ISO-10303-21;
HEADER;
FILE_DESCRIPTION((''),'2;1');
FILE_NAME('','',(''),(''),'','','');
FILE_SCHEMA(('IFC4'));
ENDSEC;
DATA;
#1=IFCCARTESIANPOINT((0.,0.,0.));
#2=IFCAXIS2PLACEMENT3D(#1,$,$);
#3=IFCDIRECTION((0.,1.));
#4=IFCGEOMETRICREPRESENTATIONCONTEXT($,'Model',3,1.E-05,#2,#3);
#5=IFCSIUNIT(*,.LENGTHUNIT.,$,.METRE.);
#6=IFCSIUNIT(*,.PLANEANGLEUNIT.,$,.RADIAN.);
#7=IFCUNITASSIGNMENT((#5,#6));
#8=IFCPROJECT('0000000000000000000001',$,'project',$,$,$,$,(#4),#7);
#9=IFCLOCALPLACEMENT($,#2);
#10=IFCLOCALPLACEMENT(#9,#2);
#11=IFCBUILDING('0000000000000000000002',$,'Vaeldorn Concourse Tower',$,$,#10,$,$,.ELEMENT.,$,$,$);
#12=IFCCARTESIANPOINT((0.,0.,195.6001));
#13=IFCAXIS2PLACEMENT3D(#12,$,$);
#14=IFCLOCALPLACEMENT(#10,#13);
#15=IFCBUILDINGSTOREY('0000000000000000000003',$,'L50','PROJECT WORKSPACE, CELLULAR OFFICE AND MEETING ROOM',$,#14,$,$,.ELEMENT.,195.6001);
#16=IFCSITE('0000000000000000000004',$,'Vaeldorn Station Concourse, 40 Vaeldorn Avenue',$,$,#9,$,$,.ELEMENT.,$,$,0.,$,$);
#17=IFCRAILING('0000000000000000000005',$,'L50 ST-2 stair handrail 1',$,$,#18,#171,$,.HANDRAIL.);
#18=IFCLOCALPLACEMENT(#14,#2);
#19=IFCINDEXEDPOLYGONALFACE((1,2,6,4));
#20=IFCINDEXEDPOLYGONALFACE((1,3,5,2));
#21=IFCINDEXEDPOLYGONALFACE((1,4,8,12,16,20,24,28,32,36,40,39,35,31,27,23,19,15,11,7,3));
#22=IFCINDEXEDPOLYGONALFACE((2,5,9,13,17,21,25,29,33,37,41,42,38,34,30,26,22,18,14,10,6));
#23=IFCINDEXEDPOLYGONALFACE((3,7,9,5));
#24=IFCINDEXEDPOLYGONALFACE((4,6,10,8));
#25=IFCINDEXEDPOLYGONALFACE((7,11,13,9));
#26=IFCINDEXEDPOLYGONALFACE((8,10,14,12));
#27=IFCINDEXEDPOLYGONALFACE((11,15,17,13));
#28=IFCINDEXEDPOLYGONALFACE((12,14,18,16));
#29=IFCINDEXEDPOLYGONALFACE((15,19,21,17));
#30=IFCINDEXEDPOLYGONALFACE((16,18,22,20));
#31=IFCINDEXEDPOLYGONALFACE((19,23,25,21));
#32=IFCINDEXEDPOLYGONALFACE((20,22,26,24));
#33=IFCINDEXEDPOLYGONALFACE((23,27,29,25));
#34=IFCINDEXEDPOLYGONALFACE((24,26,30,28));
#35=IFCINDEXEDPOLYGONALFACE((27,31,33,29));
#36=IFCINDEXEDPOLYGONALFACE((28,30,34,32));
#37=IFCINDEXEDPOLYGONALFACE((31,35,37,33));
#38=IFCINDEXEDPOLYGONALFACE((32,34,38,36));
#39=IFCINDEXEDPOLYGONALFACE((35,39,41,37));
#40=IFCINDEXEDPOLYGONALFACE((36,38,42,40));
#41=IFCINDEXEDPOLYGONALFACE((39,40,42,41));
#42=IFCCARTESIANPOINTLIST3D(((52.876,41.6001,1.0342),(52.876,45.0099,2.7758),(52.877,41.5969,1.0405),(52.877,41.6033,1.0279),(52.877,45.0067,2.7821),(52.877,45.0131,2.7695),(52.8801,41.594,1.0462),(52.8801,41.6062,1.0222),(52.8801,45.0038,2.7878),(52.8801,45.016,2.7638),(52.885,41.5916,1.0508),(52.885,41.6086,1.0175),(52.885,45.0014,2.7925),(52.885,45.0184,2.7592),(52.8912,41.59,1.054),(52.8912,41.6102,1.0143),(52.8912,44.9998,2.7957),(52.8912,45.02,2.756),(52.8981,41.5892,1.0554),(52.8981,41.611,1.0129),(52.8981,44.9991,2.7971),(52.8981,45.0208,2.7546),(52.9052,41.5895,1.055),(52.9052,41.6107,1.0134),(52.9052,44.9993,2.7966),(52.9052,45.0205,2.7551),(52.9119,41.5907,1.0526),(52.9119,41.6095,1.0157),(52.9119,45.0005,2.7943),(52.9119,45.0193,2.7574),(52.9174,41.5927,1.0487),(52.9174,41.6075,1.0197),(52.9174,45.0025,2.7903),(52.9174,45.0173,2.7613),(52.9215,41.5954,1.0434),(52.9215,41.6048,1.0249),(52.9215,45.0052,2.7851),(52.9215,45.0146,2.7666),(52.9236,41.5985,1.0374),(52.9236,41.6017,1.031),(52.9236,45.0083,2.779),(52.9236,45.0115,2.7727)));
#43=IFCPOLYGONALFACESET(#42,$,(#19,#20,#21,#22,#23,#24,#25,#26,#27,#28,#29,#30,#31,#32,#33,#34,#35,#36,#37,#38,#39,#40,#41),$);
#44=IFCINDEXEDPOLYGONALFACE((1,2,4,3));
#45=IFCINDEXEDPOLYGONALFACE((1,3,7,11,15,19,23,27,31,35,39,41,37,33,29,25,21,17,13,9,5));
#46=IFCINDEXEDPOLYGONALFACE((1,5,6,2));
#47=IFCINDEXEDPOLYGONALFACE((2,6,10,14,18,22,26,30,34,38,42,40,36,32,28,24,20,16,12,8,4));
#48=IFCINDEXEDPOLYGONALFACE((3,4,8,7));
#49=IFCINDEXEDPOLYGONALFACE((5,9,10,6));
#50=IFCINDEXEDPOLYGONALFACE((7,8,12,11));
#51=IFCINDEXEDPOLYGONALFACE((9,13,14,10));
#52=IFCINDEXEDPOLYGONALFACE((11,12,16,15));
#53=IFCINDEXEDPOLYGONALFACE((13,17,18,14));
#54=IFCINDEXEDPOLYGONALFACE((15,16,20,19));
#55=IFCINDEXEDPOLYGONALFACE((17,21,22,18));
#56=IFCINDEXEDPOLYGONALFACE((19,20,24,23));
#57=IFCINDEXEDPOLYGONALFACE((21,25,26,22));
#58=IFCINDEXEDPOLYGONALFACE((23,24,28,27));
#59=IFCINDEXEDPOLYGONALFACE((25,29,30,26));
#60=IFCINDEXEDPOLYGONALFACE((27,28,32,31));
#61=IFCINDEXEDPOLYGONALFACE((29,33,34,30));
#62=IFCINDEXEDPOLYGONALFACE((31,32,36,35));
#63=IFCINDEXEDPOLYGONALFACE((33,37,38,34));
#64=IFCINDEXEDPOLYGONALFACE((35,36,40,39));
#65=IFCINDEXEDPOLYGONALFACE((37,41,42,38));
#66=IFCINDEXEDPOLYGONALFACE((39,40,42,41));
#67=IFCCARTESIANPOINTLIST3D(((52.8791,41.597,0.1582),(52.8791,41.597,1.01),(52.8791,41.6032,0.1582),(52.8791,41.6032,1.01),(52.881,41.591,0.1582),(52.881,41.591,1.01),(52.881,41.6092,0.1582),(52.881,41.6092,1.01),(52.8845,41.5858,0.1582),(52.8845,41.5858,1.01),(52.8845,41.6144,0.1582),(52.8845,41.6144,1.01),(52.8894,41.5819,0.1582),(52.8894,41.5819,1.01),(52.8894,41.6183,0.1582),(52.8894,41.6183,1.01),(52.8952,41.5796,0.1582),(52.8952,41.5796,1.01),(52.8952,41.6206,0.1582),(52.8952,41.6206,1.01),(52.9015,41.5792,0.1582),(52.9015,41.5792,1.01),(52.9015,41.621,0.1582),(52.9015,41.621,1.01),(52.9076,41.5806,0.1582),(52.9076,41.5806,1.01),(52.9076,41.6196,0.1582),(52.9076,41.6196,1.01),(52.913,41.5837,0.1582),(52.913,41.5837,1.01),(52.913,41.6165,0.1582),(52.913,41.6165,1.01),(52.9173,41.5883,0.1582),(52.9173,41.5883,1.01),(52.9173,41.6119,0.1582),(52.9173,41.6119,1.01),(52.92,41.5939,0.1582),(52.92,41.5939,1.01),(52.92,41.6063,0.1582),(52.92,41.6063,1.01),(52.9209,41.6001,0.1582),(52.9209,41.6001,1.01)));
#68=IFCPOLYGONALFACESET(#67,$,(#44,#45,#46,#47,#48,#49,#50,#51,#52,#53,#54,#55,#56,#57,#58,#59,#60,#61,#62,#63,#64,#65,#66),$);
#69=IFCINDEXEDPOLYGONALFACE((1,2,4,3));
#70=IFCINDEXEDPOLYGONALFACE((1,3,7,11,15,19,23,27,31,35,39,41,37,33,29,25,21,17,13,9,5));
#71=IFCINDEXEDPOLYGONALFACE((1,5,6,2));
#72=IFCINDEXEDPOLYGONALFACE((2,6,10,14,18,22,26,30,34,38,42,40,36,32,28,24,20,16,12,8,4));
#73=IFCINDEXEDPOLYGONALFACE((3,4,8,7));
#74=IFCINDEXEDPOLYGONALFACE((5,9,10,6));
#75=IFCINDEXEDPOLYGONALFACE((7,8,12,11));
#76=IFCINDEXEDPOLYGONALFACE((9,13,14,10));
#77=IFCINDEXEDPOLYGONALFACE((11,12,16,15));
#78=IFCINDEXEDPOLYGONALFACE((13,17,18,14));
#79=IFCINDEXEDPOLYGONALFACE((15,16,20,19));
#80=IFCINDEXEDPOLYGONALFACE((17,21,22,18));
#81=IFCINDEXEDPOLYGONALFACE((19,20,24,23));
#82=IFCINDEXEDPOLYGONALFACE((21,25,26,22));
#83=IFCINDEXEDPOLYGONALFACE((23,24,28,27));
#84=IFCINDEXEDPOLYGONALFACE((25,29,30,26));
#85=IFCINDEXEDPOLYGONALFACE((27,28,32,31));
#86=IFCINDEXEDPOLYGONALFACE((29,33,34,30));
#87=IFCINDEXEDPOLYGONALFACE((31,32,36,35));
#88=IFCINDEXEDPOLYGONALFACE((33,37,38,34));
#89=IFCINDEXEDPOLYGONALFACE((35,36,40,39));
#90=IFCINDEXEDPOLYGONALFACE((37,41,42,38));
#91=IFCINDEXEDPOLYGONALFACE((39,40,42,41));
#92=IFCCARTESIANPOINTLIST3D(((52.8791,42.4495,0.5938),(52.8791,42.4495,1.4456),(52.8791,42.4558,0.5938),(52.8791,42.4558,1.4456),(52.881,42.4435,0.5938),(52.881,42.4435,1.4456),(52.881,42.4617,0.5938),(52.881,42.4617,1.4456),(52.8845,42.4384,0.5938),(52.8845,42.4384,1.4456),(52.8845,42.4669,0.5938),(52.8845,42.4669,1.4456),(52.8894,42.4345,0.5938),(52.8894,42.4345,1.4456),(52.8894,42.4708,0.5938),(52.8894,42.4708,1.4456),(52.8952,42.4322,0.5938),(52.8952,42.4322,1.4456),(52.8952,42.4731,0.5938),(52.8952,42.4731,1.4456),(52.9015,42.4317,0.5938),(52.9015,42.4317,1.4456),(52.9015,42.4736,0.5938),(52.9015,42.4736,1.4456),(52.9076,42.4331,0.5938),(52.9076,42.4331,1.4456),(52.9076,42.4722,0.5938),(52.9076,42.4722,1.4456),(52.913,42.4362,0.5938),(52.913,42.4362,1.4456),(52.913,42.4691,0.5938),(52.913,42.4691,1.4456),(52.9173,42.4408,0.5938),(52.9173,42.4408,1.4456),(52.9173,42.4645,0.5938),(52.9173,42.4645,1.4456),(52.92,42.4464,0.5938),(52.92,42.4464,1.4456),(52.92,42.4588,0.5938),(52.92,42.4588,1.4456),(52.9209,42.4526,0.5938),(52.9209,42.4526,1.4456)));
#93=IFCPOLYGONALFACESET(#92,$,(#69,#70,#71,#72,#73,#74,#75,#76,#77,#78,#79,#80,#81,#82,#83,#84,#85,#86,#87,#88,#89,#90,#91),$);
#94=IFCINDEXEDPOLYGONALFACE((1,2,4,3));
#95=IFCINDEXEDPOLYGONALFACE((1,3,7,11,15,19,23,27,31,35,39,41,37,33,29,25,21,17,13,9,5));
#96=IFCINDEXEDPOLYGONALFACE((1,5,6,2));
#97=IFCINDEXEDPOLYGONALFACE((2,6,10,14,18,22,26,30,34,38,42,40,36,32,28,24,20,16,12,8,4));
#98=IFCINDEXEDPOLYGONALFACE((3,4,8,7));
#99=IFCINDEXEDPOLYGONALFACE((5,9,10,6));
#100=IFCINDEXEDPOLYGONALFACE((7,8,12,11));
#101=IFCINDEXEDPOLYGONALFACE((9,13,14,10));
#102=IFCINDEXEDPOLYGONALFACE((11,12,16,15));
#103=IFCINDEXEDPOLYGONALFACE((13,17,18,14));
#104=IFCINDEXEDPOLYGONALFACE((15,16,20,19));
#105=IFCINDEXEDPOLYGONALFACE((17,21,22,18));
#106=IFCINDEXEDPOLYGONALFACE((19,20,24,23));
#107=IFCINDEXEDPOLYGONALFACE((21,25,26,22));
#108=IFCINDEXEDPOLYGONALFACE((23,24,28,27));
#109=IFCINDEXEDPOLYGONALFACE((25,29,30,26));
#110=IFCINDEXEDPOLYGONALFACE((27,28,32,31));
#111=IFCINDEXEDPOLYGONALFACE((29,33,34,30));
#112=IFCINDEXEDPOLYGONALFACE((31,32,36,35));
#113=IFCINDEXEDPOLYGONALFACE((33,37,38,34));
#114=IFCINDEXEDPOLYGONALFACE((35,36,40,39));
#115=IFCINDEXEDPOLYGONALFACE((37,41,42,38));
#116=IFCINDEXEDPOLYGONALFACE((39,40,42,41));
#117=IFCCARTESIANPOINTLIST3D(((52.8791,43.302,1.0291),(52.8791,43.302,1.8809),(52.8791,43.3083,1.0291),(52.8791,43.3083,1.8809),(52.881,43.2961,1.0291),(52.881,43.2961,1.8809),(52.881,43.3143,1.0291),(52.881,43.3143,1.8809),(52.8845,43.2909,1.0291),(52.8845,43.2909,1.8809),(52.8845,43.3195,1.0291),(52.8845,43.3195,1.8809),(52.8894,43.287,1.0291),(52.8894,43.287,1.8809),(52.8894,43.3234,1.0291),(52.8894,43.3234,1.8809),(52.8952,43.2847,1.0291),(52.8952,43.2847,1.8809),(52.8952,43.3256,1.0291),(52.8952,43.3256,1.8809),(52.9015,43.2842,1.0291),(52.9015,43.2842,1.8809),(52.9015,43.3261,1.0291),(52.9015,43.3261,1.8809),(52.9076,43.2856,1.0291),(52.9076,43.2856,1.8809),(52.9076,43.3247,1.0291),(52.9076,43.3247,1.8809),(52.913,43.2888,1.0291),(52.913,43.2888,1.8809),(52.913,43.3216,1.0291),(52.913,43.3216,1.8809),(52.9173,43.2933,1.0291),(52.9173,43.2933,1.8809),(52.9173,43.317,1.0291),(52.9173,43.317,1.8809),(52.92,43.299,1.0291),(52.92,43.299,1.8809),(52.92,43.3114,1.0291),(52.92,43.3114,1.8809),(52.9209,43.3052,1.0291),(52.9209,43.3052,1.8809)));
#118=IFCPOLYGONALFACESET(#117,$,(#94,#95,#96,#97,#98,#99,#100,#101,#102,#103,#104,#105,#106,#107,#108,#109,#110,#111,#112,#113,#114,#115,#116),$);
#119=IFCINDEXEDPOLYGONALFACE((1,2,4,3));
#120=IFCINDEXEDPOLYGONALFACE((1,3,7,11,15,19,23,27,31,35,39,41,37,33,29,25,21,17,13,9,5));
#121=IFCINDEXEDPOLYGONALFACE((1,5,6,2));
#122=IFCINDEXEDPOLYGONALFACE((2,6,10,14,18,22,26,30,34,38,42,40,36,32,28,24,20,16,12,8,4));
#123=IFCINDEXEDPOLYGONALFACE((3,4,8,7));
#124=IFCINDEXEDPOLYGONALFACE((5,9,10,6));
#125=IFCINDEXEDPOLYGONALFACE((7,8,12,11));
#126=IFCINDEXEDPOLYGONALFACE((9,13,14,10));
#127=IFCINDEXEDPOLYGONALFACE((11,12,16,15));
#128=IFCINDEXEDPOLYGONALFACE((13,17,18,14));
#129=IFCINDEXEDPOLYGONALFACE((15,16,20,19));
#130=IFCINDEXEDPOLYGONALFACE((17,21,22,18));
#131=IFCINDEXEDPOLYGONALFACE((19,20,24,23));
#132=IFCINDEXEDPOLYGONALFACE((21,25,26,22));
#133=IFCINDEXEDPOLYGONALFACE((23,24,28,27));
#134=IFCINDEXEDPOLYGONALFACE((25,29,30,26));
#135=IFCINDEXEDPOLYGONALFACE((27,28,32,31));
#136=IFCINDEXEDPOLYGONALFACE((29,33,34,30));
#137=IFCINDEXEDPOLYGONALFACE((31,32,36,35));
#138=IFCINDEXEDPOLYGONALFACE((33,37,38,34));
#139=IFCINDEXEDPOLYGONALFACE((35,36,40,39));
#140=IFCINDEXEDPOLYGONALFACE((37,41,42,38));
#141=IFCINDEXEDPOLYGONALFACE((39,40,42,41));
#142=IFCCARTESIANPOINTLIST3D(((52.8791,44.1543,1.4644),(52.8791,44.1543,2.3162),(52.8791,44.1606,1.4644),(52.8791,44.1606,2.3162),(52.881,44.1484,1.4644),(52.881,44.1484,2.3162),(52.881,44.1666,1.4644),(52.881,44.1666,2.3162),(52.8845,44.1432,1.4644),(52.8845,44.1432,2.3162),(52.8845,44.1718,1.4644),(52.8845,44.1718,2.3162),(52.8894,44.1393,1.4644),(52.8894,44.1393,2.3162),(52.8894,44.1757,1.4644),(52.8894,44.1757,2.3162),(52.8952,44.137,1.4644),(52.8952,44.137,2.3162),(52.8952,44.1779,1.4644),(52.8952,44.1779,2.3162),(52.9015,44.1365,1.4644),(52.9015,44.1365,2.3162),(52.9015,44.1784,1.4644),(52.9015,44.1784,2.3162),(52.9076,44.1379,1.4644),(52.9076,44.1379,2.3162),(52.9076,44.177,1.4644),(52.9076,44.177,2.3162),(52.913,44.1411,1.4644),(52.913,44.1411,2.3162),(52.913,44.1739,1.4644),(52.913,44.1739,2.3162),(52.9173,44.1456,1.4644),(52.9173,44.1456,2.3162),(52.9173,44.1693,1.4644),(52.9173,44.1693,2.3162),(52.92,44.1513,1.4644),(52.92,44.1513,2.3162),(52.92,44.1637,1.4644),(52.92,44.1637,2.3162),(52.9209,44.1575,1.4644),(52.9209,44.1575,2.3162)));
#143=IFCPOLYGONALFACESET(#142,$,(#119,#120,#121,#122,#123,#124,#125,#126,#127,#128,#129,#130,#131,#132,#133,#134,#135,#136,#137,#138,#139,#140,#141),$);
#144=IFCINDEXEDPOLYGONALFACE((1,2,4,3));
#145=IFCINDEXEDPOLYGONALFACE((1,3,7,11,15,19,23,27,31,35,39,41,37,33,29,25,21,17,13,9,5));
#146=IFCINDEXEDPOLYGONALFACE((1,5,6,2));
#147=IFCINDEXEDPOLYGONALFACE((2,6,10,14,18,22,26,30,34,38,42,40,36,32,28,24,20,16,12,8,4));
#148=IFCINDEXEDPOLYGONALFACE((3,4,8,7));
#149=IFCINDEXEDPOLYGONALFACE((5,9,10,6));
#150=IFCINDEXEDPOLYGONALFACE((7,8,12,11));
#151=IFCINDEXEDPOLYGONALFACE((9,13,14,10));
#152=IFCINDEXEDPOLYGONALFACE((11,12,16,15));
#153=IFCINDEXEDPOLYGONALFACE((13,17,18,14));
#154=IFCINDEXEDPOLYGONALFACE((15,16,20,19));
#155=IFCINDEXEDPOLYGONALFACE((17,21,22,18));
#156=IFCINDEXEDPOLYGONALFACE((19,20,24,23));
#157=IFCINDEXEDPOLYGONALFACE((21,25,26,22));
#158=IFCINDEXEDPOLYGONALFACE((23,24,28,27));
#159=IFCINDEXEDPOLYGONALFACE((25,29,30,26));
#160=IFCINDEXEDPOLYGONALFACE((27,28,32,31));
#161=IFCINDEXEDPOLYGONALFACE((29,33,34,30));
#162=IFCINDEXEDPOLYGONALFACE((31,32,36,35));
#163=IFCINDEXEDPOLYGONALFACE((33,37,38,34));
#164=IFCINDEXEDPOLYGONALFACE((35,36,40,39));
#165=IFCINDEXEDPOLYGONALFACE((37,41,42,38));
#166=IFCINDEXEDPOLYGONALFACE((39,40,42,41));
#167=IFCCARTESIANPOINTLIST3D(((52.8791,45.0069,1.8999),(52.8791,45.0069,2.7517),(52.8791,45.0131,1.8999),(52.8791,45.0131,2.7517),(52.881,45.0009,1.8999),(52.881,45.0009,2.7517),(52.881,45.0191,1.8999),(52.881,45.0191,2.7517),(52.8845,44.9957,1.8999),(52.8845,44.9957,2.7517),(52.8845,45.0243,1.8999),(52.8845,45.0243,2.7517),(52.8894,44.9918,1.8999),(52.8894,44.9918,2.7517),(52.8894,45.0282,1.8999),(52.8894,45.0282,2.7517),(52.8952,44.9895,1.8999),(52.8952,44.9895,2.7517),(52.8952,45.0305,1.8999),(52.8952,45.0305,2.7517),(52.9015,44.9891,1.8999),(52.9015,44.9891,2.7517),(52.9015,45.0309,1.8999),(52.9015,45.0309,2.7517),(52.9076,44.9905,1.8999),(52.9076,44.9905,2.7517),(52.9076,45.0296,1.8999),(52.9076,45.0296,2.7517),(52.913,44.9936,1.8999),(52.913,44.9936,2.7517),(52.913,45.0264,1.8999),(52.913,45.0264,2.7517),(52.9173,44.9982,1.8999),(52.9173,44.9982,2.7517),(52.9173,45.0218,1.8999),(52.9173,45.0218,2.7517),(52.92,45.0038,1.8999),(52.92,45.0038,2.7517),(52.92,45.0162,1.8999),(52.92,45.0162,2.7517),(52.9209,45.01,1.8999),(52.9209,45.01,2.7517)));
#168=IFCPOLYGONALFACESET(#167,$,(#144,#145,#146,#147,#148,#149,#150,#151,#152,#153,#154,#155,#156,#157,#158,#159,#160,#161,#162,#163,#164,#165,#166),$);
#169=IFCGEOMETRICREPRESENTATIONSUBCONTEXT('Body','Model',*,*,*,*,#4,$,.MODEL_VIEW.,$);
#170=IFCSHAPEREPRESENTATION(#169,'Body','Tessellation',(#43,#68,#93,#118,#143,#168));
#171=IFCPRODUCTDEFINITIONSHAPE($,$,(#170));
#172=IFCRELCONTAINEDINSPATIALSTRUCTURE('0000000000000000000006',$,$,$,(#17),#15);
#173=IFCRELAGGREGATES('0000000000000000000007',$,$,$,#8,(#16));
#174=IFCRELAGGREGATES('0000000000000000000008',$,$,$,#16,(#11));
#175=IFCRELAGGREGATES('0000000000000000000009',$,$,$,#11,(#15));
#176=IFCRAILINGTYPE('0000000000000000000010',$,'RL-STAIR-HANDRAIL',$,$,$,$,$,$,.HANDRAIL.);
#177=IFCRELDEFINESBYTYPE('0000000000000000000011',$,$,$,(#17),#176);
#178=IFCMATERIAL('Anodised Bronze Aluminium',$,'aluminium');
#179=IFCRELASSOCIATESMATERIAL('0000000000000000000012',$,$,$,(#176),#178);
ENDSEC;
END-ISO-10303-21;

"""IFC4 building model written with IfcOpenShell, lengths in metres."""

from ifc_helpers import new_model, si_unit, direction, frame, origin, origin_2d, place, context, subcontext, project, spatial, circle, extrude, material, type_object, element, save


model = new_model("IFC4")

# Units and contexts
model_context = context("Model", 3, precision=1e-05, world=origin(), true_north=direction((0.0, 1.0)))
body_context = subcontext(model_context, "Body", "Model", "MODEL_VIEW")
ifc_project = project(units=[si_unit("LENGTHUNIT", "METRE"), si_unit("PLANEANGLEUNIT", "RADIAN")], contexts=[model_context])

# Site, building, storey
site_placement = place(None, origin())
site = spatial("IfcSite", under=ifc_project, at=site_placement, Name="Vaeldorn Station Concourse, 40 Vaeldorn Avenue", CompositionType="ELEMENT", RefElevation=0.0)
building_placement = place(site_placement, origin())
building = spatial("IfcBuilding", under=site, at=building_placement, Name="Vaeldorn Concourse Tower", CompositionType="ELEMENT")
storey_placement = place(building_placement, frame((0.0, 0.0, 195.6001)))
storey = spatial("IfcBuildingStorey", under=building, at=storey_placement, Name="L50", Description="PROJECT WORKSPACE, CELLULAR OFFICE AND MEETING ROOM", CompositionType="ELEMENT", Elevation=195.6001)

# Shared definitions
ifc_material_1 = material(Name="Anodised Bronze Aluminium", Category="aluminium")

# Railing
railing_type_1 = type_object("IfcRailingType", Name="RL-STAIR-HANDRAIL", PredefinedType="HANDRAIL", material=ifc_material_1)
railing_1_placement = place(storey_placement, frame((52.8999, 41.6001, 0.1582)))
element("IfcRailing", 1, at=railing_1_placement, inside=storey, type_object=railing_type_1, Name="L50 ST-2 stair handrail 1", PredefinedType="HANDRAIL", context=body_context, shape_type="SweptSolid", body=[
    extrude(circle(Radius=0.0239, at=origin_2d()), frame((0.0, 0.0, 0.876), z_axis=(0.0, 0.890556, 0.454874), x_axis=(-1.0, 0.0, 0.0)), (0.0, 0.0, 1.0), 3.8289),
    extrude(circle(Radius=0.021, at=origin_2d()), origin(), (0.0, 0.0, 1.0), 0.8518),
    extrude(circle(Radius=0.021, at=origin_2d()), frame((0.0, 0.8525, 0.4355)), (0.0, 0.0, 1.0), 0.8518),
    extrude(circle(Radius=0.021, at=origin_2d()), frame((0.0, 1.7051, 0.8708)), (0.0, 0.0, 1.0), 0.8518),
    extrude(circle(Radius=0.021, at=origin_2d()), frame((0.0, 2.5574, 1.3062)), (0.0, 0.0, 1.0), 0.8518),
    extrude(circle(Radius=0.021, at=origin_2d()), frame((0.0, 3.4099, 1.7417)), (0.0, 0.0, 1.0), 0.8518),
])

save(model, "model.ifc")
